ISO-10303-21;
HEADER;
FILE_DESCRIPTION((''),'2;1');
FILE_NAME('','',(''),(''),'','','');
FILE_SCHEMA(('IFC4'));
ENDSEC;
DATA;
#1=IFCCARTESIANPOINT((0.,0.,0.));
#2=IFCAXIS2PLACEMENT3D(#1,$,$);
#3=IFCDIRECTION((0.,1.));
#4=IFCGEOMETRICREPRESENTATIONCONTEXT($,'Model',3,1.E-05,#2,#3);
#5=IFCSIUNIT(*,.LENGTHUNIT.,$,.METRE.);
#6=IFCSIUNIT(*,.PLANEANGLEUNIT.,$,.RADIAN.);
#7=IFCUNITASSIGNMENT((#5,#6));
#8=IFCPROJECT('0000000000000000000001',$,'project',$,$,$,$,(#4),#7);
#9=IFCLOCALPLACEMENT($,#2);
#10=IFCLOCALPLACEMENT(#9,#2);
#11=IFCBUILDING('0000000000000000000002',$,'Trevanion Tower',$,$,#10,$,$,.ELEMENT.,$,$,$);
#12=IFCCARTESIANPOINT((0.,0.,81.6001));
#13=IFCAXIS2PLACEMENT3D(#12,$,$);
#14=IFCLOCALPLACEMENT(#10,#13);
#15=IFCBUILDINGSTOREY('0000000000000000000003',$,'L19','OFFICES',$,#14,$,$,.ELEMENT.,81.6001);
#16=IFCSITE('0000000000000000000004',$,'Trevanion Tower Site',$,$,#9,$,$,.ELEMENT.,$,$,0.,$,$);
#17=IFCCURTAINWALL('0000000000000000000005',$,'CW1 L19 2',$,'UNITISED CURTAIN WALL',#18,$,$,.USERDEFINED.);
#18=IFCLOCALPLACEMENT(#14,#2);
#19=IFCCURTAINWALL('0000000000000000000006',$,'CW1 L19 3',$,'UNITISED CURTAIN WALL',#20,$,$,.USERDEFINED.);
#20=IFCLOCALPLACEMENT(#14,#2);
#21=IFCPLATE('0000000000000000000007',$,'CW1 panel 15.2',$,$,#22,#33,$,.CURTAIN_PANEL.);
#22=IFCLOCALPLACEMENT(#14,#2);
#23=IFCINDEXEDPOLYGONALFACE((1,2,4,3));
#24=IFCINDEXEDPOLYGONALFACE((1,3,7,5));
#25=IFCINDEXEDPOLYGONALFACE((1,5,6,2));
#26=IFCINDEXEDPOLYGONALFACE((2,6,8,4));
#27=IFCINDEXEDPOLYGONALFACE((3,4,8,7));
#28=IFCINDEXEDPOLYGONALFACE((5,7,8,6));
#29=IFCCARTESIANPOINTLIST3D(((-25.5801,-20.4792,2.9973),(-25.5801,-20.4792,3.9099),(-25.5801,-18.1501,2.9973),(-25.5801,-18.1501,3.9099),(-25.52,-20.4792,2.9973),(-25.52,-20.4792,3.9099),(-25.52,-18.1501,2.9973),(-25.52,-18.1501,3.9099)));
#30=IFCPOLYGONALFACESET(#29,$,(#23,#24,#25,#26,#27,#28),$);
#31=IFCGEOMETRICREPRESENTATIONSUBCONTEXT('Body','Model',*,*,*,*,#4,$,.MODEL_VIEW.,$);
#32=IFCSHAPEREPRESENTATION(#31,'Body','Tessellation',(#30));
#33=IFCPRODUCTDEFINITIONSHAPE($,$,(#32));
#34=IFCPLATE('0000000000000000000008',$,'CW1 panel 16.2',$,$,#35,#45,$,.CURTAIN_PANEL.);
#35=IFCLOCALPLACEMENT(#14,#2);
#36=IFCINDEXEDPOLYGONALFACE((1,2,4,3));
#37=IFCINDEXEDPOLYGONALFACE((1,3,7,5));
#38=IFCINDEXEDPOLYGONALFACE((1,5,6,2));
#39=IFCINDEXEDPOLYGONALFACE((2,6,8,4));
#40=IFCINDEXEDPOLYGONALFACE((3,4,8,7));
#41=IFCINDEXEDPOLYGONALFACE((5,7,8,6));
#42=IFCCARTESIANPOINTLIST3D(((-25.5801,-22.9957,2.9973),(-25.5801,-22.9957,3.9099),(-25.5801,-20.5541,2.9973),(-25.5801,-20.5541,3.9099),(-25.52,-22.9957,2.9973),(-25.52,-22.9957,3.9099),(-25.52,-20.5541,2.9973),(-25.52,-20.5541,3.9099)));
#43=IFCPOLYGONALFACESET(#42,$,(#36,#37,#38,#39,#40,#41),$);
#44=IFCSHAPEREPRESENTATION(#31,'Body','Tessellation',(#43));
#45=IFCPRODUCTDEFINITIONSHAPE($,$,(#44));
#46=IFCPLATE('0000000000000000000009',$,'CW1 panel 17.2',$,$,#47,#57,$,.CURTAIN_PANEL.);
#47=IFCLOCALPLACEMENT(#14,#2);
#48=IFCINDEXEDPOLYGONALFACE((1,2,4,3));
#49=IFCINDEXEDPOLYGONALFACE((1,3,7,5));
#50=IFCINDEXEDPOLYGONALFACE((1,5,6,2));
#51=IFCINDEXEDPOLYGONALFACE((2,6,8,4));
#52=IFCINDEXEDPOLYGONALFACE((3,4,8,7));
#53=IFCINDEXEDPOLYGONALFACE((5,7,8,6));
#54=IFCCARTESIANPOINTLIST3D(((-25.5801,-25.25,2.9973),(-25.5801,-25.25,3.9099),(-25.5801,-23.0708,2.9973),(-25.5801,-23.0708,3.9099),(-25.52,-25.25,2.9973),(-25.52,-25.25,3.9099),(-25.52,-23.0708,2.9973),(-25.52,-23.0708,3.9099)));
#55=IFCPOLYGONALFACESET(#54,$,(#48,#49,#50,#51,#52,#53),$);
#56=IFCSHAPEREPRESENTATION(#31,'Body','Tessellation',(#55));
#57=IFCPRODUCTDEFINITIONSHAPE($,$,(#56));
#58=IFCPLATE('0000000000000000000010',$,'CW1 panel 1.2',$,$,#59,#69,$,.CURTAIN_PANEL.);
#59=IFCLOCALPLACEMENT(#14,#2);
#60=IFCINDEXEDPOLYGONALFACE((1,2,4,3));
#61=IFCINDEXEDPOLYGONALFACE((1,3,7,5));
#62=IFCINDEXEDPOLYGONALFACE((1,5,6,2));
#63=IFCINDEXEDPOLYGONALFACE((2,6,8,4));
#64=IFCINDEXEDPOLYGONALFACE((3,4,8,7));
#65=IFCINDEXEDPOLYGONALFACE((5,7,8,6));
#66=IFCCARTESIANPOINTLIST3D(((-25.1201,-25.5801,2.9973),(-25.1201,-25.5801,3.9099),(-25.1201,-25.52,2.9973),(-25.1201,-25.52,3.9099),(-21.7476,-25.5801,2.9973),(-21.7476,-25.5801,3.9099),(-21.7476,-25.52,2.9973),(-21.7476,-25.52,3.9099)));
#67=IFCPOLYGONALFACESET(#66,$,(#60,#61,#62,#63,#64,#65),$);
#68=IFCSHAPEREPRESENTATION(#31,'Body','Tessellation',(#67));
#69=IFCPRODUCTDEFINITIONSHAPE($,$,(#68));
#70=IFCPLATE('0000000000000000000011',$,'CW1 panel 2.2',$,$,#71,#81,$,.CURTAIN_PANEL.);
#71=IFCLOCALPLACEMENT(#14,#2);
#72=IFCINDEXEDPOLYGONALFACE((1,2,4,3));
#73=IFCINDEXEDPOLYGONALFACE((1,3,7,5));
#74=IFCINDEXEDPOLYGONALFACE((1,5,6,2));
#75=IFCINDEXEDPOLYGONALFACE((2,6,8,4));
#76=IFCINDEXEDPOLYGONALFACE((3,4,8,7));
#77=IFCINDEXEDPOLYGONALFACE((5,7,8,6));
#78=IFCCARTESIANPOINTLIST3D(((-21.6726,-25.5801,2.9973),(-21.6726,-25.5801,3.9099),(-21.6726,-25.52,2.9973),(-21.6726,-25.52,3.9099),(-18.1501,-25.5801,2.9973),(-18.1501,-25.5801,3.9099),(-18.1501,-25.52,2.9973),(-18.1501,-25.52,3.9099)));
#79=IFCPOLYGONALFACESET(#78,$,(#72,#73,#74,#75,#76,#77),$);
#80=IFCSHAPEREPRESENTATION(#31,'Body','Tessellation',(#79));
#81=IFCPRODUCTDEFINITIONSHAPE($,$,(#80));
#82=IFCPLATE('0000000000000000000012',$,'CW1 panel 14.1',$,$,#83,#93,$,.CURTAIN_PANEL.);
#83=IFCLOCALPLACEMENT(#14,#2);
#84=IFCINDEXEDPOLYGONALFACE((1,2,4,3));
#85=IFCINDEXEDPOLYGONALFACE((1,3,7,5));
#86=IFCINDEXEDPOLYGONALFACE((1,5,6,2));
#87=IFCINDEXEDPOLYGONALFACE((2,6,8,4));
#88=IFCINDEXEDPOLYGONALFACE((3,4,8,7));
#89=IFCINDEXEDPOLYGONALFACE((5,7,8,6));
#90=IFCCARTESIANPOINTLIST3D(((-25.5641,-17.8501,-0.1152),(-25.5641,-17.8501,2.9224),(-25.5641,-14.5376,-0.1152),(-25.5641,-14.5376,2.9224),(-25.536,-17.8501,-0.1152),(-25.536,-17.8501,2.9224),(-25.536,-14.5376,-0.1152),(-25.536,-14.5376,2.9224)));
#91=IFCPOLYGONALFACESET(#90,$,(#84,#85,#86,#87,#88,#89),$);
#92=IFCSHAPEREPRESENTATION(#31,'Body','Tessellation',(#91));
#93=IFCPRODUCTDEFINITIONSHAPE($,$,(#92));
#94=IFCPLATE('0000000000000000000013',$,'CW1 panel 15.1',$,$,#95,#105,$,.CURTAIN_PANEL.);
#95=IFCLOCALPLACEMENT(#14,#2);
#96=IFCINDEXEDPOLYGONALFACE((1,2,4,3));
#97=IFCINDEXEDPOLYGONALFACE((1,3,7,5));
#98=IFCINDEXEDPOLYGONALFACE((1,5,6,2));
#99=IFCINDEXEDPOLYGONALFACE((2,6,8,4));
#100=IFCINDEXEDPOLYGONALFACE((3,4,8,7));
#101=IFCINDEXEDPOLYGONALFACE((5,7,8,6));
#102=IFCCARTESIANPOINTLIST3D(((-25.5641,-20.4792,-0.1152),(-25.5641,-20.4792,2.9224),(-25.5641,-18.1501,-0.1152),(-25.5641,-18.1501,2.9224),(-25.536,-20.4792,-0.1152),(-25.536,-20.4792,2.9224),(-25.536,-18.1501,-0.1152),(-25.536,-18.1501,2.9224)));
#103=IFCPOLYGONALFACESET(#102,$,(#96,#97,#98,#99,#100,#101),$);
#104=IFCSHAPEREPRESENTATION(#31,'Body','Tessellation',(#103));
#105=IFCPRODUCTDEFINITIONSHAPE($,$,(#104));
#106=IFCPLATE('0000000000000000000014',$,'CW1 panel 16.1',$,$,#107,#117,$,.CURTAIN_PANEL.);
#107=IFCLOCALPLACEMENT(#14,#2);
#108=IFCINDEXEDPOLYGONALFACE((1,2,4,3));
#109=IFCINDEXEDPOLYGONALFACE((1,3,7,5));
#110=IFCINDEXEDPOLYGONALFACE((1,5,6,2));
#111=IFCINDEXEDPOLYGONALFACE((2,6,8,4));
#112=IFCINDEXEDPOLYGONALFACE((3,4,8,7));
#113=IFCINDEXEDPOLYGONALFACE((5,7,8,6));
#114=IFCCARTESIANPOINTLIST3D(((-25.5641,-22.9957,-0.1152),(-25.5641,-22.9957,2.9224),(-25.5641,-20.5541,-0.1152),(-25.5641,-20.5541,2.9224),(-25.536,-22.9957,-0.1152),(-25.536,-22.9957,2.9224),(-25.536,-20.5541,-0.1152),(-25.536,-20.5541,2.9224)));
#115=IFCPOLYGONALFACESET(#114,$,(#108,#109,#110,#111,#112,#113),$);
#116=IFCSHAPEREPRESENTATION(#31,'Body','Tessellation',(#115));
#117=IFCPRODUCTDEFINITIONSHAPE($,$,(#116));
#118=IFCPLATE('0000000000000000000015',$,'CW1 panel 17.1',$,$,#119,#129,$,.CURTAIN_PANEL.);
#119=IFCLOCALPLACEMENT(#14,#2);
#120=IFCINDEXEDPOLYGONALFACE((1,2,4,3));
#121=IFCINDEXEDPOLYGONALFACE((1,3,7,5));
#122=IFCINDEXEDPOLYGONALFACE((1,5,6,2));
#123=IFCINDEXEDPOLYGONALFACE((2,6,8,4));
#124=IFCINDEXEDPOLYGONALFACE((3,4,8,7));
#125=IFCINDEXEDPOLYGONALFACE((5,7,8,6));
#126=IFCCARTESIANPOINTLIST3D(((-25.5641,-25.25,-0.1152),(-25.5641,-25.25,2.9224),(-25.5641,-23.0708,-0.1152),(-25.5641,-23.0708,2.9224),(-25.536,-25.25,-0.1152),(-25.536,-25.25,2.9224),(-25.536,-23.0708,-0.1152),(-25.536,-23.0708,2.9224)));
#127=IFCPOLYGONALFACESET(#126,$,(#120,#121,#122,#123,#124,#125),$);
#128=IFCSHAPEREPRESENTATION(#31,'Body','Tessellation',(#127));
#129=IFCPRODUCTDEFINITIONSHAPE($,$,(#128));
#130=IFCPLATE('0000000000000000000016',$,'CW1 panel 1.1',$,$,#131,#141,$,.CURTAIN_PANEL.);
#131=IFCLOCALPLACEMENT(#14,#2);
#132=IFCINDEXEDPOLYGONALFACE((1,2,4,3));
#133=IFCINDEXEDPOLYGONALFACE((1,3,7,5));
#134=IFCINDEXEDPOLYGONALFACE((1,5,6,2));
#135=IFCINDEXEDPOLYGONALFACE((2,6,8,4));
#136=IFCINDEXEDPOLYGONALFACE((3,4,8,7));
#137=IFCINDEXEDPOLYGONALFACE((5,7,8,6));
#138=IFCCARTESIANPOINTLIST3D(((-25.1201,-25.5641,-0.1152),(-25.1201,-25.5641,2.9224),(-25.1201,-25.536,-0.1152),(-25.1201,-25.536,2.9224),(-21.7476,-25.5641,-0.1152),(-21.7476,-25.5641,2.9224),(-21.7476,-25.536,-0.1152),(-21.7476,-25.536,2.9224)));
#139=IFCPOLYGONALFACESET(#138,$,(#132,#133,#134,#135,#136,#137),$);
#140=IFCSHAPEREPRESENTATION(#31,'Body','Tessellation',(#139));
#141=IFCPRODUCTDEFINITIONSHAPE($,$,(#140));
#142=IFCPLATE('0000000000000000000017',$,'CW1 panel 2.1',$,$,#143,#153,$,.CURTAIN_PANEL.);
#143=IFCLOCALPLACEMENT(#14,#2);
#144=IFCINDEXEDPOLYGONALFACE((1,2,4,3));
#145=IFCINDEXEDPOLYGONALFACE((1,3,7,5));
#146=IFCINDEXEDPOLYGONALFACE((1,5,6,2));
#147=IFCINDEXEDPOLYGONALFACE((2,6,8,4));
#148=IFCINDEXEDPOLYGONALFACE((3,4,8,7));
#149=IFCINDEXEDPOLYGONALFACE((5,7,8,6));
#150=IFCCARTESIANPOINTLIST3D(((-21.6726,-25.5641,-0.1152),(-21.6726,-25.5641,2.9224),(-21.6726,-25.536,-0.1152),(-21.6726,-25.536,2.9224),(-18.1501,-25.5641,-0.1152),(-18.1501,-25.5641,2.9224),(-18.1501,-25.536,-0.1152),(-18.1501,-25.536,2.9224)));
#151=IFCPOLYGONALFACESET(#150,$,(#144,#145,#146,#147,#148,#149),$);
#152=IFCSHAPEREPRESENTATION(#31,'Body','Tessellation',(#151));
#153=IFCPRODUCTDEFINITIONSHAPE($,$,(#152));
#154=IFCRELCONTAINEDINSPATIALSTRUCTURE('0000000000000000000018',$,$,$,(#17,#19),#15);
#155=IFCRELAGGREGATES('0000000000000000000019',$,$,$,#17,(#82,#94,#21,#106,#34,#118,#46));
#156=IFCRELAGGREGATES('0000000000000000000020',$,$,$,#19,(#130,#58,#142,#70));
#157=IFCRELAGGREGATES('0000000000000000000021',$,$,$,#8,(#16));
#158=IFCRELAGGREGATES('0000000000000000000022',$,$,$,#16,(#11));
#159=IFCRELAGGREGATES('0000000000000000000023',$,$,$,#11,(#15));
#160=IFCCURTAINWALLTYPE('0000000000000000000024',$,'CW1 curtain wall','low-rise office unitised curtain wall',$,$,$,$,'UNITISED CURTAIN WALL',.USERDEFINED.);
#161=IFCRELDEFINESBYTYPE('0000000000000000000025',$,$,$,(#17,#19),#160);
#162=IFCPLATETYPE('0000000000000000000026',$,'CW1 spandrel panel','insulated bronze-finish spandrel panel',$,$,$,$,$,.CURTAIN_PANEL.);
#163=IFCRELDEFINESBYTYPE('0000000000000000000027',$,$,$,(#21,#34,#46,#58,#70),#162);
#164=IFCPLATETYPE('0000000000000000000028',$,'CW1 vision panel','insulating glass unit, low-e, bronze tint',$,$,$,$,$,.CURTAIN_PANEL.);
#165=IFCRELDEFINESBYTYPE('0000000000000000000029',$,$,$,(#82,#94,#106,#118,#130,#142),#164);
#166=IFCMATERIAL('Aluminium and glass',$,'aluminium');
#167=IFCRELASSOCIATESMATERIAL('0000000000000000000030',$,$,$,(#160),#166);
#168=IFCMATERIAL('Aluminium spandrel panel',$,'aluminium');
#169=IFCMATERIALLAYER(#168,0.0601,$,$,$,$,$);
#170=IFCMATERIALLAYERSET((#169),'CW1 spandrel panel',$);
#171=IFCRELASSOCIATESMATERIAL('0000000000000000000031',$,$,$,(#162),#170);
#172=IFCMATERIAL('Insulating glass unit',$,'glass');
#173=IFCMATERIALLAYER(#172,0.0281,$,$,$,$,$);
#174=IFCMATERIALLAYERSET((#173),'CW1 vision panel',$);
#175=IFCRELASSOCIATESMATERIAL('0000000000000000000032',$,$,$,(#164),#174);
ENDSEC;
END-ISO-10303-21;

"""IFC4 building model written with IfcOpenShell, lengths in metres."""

from ifc_helpers import new_model, si_unit, direction, frame, origin, origin_2d, place, context, subcontext, project, spatial, rectangle, extrude, material, layer, layer_set, type_object, element, aggregate, save


model = new_model("IFC4")

# Units and contexts
model_context = context("Model", 3, precision=1e-05, world=origin(), true_north=direction((0.0, 1.0)))
body_context = subcontext(model_context, "Body", "Model", "MODEL_VIEW")
ifc_project = project(units=[si_unit("LENGTHUNIT", "METRE"), si_unit("PLANEANGLEUNIT", "RADIAN")], contexts=[model_context])

# Site, building, storey
site_placement = place(None, origin())
site = spatial("IfcSite", under=ifc_project, at=site_placement, Name="Trevanion Tower Site", CompositionType="ELEMENT", RefElevation=0.0)
building_placement = place(site_placement, origin())
building = spatial("IfcBuilding", under=site, at=building_placement, Name="Trevanion Tower", CompositionType="ELEMENT")
storey_placement = place(building_placement, frame((0.0, 0.0, 81.6001)))
storey = spatial("IfcBuildingStorey", under=building, at=storey_placement, Name="L19", Description="OFFICES", CompositionType="ELEMENT", Elevation=81.6001)

# Curtain wall
ifc_material_1 = material(Name="Aluminium and glass", Category="aluminium")
curtain_wall_type = type_object("IfcCurtainWallType", Name="CW1 curtain wall", Description="low-rise office unitised curtain wall", ElementType="UNITISED CURTAIN WALL", PredefinedType="USERDEFINED", material=ifc_material_1)
curtain_wall_1_placement = place(storey_placement, origin())
curtain_wall_1 = element("IfcCurtainWall", 1, at=curtain_wall_1_placement, inside=storey, type_object=curtain_wall_type, Name="CW1 L19 2", ObjectType="UNITISED CURTAIN WALL", PredefinedType="USERDEFINED")

# Curtain wall
curtain_wall_2_placement = place(storey_placement, origin())
curtain_wall_2 = element("IfcCurtainWall", 2, at=curtain_wall_2_placement, inside=storey, type_object=curtain_wall_type, Name="CW1 L19 3", ObjectType="UNITISED CURTAIN WALL", PredefinedType="USERDEFINED")

# Plates
ifc_material_2 = material(Name="Aluminium spandrel panel", Category="aluminium")
ifc_layer_1 = layer(ifc_material_2, 0.0601)
ifc_layer_set_1 = layer_set([ifc_layer_1], Name="CW1 spandrel panel")
plate_type_1 = type_object("IfcPlateType", Name="CW1 spandrel panel", Description="insulated bronze-finish spandrel panel", PredefinedType="CURTAIN_PANEL", material=ifc_layer_set_1)
plate_1_placement = place(storey_placement, frame((-25.55, -19.3147, 2.9973), z_axis=(0.0, 0.0, 1.0), x_axis=(0.0, -1.0, 0.0)))
plate_1 = element("IfcPlate", 3, at=plate_1_placement, type_object=plate_type_1, Name="CW1 panel 15.2", PredefinedType="CURTAIN_PANEL", context=body_context, shape_type="SweptSolid", body=[
    extrude(rectangle(XDim=2.3291, YDim=0.0601, at=origin_2d()), origin(), (0.0, 0.0, 1.0), 0.9126),
])
plate_2_placement = place(storey_placement, frame((-25.55, -21.7749, 2.9973), z_axis=(0.0, 0.0, 1.0), x_axis=(0.0, -1.0, 0.0)))
plate_2 = element("IfcPlate", 4, at=plate_2_placement, type_object=plate_type_1, Name="CW1 panel 16.2", PredefinedType="CURTAIN_PANEL", context=body_context, shape_type="SweptSolid", body=[
    extrude(rectangle(XDim=2.4417, YDim=0.0601, at=origin_2d()), origin(), (0.0, 0.0, 1.0), 0.9126),
])
plate_3_placement = place(storey_placement, frame((-25.55, -24.1604, 2.9973), z_axis=(0.0, 0.0, 1.0), x_axis=(0.0, -1.0, 0.0)))
plate_3 = element("IfcPlate", 5, at=plate_3_placement, type_object=plate_type_1, Name="CW1 panel 17.2", PredefinedType="CURTAIN_PANEL", context=body_context, shape_type="SweptSolid", body=[
    extrude(rectangle(XDim=2.1792, YDim=0.0601, at=origin_2d()), origin(), (0.0, 0.0, 1.0), 0.9126),
])
plate_4_placement = place(storey_placement, frame((-23.4338, -25.55, 2.9973), z_axis=(0.0, 0.0, 1.0), x_axis=(1.0, 0.0, 0.0)))
plate_4 = element("IfcPlate", 6, at=plate_4_placement, type_object=plate_type_1, Name="CW1 panel 1.2", PredefinedType="CURTAIN_PANEL", context=body_context, shape_type="SweptSolid", body=[
    extrude(rectangle(XDim=3.3726, YDim=0.0601, at=origin_2d()), origin(), (0.0, 0.0, 1.0), 0.9126),
])
plate_5_placement = place(storey_placement, frame((-19.9114, -25.55, 2.9973), z_axis=(0.0, 0.0, 1.0), x_axis=(1.0, 0.0, 0.0)))
plate_5 = element("IfcPlate", 7, at=plate_5_placement, type_object=plate_type_1, Name="CW1 panel 2.2", PredefinedType="CURTAIN_PANEL", context=body_context, shape_type="SweptSolid", body=[
    extrude(rectangle(XDim=3.5225, YDim=0.0601, at=origin_2d()), origin(), (0.0, 0.0, 1.0), 0.9126),
])
ifc_material_3 = material(Name="Insulating glass unit", Category="glass")
ifc_layer_2 = layer(ifc_material_3, 0.0281)
ifc_layer_set_2 = layer_set([ifc_layer_2], Name="CW1 vision panel")
plate_type_2 = type_object("IfcPlateType", Name="CW1 vision panel", Description="insulating glass unit, low-e, bronze tint", PredefinedType="CURTAIN_PANEL", material=ifc_layer_set_2)
plate_6_placement = place(storey_placement, frame((-25.55, -16.1938, -0.1152), z_axis=(0.0, 0.0, 1.0), x_axis=(0.0, -1.0, 0.0)))
plate_6 = element("IfcPlate", 8, at=plate_6_placement, type_object=plate_type_2, Name="CW1 panel 14.1", PredefinedType="CURTAIN_PANEL", context=body_context, shape_type="SweptSolid", body=[
    extrude(rectangle(XDim=3.3125, YDim=0.0281, at=origin_2d()), origin(), (0.0, 0.0, 1.0), 3.0376),
])
plate_7_placement = place(storey_placement, frame((-25.55, -19.3147, -0.1152), z_axis=(0.0, 0.0, 1.0), x_axis=(0.0, -1.0, 0.0)))
plate_7 = element("IfcPlate", 9, at=plate_7_placement, type_object=plate_type_2, Name="CW1 panel 15.1", PredefinedType="CURTAIN_PANEL", context=body_context, shape_type="SweptSolid", body=[
    extrude(rectangle(XDim=2.3291, YDim=0.0281, at=origin_2d()), origin(), (0.0, 0.0, 1.0), 3.0376),
])
plate_8_placement = place(storey_placement, frame((-25.55, -21.7749, -0.1152), z_axis=(0.0, 0.0, 1.0), x_axis=(0.0, -1.0, 0.0)))
plate_8 = element("IfcPlate", 10, at=plate_8_placement, type_object=plate_type_2, Name="CW1 panel 16.1", PredefinedType="CURTAIN_PANEL", context=body_context, shape_type="SweptSolid", body=[
    extrude(rectangle(XDim=2.4417, YDim=0.0281, at=origin_2d()), origin(), (0.0, 0.0, 1.0), 3.0376),
])
plate_9_placement = place(storey_placement, frame((-25.55, -24.1604, -0.1152), z_axis=(0.0, 0.0, 1.0), x_axis=(0.0, -1.0, 0.0)))
plate_9 = element("IfcPlate", 11, at=plate_9_placement, type_object=plate_type_2, Name="CW1 panel 17.1", PredefinedType="CURTAIN_PANEL", context=body_context, shape_type="SweptSolid", body=[
    extrude(rectangle(XDim=2.1792, YDim=0.0281, at=origin_2d()), origin(), (0.0, 0.0, 1.0), 3.0376),
])
aggregate(curtain_wall_1, [plate_6, plate_7, plate_1, plate_8, plate_2, plate_9, plate_3])
plate_10_placement = place(storey_placement, frame((-23.4338, -25.55, -0.1152), z_axis=(0.0, 0.0, 1.0), x_axis=(1.0, 0.0, 0.0)))
plate_10 = element("IfcPlate", 12, at=plate_10_placement, type_object=plate_type_2, Name="CW1 panel 1.1", PredefinedType="CURTAIN_PANEL", context=body_context, shape_type="SweptSolid", body=[
    extrude(rectangle(XDim=3.3726, YDim=0.0281, at=origin_2d()), origin(), (0.0, 0.0, 1.0), 3.0376),
])
plate_11_placement = place(storey_placement, frame((-19.9114, -25.55, -0.1152), z_axis=(0.0, 0.0, 1.0), x_axis=(1.0, 0.0, 0.0)))
plate_11 = element("IfcPlate", 13, at=plate_11_placement, type_object=plate_type_2, Name="CW1 panel 2.1", PredefinedType="CURTAIN_PANEL", context=body_context, shape_type="SweptSolid", body=[
    extrude(rectangle(XDim=3.5225, YDim=0.0281, at=origin_2d()), origin(), (0.0, 0.0, 1.0), 3.0376),
])
aggregate(curtain_wall_2, [plate_10, plate_4, plate_11, plate_5])

save(model, "model.ifc")
